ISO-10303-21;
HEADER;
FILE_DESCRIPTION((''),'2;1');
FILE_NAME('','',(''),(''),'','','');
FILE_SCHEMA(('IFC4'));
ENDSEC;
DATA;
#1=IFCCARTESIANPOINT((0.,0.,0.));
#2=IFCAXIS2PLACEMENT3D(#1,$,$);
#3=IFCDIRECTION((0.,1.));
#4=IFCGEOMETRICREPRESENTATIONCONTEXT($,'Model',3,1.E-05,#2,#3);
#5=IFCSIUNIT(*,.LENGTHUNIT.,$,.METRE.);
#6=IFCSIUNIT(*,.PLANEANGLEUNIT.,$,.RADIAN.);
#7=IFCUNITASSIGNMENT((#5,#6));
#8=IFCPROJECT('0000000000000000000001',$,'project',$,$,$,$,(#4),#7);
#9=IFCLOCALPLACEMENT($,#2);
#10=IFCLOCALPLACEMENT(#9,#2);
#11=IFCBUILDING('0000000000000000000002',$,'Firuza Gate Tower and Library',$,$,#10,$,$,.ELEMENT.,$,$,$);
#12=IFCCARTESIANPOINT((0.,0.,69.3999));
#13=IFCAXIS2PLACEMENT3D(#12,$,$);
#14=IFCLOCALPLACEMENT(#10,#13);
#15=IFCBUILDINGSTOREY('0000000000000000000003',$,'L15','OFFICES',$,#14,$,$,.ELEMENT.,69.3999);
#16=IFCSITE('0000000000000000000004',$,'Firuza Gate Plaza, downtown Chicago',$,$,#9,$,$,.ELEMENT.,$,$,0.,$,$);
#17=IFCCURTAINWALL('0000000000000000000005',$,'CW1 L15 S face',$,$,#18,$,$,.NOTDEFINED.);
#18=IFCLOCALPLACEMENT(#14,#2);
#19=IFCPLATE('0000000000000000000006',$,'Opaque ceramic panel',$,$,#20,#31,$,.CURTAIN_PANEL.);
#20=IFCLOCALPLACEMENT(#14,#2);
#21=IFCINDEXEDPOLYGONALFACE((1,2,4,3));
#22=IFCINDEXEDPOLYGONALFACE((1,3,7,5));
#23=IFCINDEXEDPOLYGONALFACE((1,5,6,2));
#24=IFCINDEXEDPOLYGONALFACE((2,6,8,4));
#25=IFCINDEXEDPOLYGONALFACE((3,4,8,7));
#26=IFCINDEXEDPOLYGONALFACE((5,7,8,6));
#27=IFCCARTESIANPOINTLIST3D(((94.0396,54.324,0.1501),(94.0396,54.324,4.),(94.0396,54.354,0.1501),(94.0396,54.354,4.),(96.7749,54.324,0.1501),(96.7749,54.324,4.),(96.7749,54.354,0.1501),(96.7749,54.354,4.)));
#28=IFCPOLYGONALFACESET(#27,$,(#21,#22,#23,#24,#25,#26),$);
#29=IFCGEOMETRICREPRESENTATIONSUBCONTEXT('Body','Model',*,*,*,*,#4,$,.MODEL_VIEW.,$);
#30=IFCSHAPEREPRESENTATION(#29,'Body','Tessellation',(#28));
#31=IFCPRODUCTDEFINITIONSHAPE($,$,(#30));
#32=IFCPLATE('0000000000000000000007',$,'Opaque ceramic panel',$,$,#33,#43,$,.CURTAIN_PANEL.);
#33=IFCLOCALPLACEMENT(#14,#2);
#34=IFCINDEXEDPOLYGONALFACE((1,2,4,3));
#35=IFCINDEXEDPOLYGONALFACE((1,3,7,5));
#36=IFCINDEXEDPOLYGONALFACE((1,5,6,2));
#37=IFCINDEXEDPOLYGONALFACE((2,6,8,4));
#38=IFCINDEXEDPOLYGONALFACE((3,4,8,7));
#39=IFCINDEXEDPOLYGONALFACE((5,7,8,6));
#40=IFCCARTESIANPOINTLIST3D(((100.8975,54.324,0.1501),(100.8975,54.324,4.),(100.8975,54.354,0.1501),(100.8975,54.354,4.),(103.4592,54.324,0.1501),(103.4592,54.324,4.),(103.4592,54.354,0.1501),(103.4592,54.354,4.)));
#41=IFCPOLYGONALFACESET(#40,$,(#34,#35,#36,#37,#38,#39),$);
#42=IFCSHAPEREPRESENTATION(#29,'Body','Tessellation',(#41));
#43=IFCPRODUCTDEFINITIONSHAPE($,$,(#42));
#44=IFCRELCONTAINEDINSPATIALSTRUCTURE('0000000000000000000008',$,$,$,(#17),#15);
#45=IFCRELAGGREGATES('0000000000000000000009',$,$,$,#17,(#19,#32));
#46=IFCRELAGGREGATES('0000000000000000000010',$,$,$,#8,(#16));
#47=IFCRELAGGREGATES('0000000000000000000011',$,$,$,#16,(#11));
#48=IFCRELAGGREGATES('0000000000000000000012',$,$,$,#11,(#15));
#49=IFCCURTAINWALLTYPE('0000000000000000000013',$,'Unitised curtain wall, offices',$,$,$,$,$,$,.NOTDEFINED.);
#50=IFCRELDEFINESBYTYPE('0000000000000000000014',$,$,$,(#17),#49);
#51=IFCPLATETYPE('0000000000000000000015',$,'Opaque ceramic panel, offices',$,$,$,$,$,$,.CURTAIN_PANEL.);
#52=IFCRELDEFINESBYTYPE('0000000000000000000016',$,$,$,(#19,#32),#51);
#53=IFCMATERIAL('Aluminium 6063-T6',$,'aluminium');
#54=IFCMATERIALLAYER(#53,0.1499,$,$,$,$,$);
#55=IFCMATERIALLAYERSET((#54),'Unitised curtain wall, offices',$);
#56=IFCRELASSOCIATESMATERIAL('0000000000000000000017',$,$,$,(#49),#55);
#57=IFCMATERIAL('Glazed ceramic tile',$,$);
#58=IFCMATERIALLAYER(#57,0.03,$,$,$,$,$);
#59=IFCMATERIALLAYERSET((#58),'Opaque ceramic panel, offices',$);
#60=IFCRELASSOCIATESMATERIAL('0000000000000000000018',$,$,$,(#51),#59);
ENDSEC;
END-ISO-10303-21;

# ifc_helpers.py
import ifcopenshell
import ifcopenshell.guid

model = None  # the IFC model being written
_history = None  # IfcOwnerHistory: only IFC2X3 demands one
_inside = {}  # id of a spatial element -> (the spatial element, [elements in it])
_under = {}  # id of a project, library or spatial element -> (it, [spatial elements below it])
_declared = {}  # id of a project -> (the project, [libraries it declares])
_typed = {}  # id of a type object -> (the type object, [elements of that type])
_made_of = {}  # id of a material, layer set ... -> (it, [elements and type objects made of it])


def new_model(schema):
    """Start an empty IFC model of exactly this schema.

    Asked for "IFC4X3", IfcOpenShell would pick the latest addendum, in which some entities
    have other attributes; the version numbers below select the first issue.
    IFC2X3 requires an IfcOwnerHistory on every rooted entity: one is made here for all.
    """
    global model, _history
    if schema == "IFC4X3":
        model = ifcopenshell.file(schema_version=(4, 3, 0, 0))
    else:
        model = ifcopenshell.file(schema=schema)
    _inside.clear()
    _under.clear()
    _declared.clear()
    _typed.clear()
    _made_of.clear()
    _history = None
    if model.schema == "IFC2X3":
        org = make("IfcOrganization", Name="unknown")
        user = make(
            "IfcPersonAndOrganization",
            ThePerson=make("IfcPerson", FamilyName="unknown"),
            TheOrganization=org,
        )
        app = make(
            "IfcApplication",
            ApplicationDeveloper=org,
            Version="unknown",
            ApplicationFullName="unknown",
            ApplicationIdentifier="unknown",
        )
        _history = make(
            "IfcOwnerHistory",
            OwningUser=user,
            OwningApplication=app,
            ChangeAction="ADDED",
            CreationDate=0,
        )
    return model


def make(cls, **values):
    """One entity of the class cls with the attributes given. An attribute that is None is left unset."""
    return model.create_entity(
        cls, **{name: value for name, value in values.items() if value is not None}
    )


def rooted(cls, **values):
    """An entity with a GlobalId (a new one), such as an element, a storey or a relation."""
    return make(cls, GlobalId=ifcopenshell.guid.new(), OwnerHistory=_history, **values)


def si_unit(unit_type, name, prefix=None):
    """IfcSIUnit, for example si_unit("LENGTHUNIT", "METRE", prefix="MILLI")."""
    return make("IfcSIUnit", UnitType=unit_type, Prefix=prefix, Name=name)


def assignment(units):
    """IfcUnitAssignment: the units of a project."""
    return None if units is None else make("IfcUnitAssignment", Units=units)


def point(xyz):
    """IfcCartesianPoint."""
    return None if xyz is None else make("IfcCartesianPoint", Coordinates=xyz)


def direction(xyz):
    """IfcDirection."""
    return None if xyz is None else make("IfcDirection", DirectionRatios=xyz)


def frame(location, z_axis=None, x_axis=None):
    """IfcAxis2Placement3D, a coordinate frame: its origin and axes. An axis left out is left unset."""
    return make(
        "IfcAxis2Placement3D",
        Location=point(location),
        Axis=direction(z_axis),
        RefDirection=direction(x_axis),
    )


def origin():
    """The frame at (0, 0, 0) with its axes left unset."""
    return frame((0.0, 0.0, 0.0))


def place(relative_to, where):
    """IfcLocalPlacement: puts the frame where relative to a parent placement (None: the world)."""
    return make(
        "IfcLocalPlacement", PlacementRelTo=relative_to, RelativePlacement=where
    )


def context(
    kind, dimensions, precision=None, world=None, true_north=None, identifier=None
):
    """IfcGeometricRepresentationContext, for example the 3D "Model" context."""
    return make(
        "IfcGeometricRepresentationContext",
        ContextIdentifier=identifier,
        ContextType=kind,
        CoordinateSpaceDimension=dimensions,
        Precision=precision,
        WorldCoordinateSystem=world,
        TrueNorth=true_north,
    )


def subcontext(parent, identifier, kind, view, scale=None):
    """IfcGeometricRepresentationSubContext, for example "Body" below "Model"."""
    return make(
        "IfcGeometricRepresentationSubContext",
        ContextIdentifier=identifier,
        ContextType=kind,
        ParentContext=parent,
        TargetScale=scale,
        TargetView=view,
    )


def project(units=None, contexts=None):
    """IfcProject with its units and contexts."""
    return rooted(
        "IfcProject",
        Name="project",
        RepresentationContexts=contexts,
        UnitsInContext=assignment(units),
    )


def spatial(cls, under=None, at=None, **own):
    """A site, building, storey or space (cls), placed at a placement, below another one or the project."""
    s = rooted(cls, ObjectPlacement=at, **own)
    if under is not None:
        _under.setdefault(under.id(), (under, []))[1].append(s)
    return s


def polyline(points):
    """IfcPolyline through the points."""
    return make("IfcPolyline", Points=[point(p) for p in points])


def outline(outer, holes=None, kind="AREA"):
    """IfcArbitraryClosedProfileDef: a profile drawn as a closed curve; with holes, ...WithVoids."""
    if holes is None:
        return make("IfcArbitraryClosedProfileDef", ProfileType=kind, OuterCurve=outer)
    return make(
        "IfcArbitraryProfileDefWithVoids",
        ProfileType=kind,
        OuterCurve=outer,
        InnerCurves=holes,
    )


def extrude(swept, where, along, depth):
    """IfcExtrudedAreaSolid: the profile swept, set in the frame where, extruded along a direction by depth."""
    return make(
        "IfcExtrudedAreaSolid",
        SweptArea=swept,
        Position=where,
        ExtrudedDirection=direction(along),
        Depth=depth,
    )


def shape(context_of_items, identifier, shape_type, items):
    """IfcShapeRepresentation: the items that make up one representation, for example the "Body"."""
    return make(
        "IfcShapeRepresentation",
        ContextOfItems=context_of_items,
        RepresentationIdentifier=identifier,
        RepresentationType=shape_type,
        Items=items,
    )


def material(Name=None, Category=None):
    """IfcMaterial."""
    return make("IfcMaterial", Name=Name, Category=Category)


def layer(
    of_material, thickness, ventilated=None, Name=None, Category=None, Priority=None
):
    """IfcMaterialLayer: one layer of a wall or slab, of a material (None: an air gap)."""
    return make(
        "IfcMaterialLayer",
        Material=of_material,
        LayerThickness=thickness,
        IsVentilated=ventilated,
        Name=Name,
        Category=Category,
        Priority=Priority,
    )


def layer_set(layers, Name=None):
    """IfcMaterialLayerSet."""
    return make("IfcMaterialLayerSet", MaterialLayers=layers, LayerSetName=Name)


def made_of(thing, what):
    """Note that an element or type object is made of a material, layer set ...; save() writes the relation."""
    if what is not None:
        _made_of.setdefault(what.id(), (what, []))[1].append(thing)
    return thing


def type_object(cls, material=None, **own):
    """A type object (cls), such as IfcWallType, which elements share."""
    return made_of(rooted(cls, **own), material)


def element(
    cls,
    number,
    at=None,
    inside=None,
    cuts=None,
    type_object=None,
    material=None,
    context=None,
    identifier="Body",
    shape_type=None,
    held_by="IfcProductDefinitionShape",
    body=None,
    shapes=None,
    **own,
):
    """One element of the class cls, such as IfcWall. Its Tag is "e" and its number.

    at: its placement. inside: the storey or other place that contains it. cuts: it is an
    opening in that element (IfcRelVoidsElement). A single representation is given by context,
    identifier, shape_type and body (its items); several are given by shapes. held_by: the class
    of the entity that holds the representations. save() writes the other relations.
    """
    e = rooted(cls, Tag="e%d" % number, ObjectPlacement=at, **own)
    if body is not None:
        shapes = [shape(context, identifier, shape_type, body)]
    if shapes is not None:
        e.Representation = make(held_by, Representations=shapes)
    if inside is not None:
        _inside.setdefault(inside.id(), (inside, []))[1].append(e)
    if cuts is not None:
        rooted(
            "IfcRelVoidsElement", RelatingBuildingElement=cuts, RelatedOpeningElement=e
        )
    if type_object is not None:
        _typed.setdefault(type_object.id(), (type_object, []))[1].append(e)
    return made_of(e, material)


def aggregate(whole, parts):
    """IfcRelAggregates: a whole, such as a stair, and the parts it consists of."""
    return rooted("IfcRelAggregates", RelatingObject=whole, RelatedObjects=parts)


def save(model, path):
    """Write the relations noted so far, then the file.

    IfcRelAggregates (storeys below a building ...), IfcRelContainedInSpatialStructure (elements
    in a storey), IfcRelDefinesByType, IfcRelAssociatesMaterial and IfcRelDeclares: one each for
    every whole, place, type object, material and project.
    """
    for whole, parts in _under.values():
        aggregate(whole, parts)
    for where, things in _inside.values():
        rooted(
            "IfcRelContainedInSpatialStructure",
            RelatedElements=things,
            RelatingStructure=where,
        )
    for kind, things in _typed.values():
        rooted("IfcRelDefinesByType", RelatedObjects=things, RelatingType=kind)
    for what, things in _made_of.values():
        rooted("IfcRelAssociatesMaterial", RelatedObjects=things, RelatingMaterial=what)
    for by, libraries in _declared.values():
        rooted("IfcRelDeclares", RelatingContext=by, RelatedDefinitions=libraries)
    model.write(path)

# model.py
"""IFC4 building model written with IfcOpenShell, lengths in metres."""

from ifc_helpers import new_model, si_unit, direction, frame, origin, place, context, subcontext, project, spatial, polyline, outline, extrude, material, layer, layer_set, type_object, element, aggregate, save


model = new_model("IFC4")

# Units and contexts
model_context = context("Model", 3, precision=1e-05, world=origin(), true_north=direction((0.0, 1.0)))
body_context = subcontext(model_context, "Body", "Model", "MODEL_VIEW")
ifc_project = project(units=[si_unit("LENGTHUNIT", "METRE"), si_unit("PLANEANGLEUNIT", "RADIAN")], contexts=[model_context])

# Site, building, storey
site_placement = place(None, origin())
site = spatial("IfcSite", under=ifc_project, at=site_placement, Name="Firuza Gate Plaza, downtown Chicago", CompositionType="ELEMENT", RefElevation=0.0)
building_placement = place(site_placement, origin())
building = spatial("IfcBuilding", under=site, at=building_placement, Name="Firuza Gate Tower and Library", CompositionType="ELEMENT")
storey_placement = place(building_placement, frame((0.0, 0.0, 69.3999)))
storey = spatial("IfcBuildingStorey", under=building, at=storey_placement, Name="L15", Description="OFFICES", CompositionType="ELEMENT", Elevation=69.3999)

# Curtain wall
ifc_material_1 = material(Name="Aluminium 6063-T6", Category="aluminium")
ifc_layer_1 = layer(ifc_material_1, 0.1499)
ifc_layer_set_1 = layer_set([ifc_layer_1], Name="Unitised curtain wall, offices")
curtain_wall_type_1 = type_object("IfcCurtainWallType", Name="Unitised curtain wall, offices", PredefinedType="NOTDEFINED", material=ifc_layer_set_1)
placement = place(storey_placement, origin())
curtain_wall_1 = element("IfcCurtainWall", 1, at=placement, inside=storey, type_object=curtain_wall_type_1, Name="CW1 L15 S face", PredefinedType="NOTDEFINED")

# Plates
ifc_material_2 = material(Name="Glazed ceramic tile")
ifc_layer_2 = layer(ifc_material_2, 0.03)
ifc_layer_set_2 = layer_set([ifc_layer_2], Name="Opaque ceramic panel, offices")
plate_type_1 = type_object("IfcPlateType", Name="Opaque ceramic panel, offices", PredefinedType="CURTAIN_PANEL", material=ifc_layer_set_2)
plate_1_placement = place(storey_placement, frame((94.0396, 54.324, 0.1501), z_axis=(0.0, -1.0, 0.0), x_axis=(1.0, 0.0, 0.0)))
plate_1 = element("IfcPlate", 2, at=plate_1_placement, type_object=plate_type_1, Name="Opaque ceramic panel", PredefinedType="CURTAIN_PANEL", context=body_context, shape_type="SweptSolid", body=[
    extrude(outline(polyline([(0.0, 0.0), (2.7354, 0.0), (2.7354, 3.8499), (0.0, 3.8499), (0.0, 0.0)])), origin(), (0.0, 0.0, -1.0), 0.03),
])
plate_2_placement = place(storey_placement, frame((100.8975, 54.324, 0.1501), z_axis=(0.0, -1.0, 0.0), x_axis=(1.0, 0.0, 0.0)))
plate_2 = element("IfcPlate", 3, at=plate_2_placement, type_object=plate_type_1, Name="Opaque ceramic panel", PredefinedType="CURTAIN_PANEL", context=body_context, shape_type="SweptSolid", body=[
    extrude(outline(polyline([(0.0, 0.0), (2.5618, 0.0), (2.5618, 3.8499), (0.0, 3.8499), (0.0, 0.0)])), origin(), (0.0, 0.0, -1.0), 0.03),
])
aggregate(curtain_wall_1, [plate_1, plate_2])

save(model, "model.ifc")
